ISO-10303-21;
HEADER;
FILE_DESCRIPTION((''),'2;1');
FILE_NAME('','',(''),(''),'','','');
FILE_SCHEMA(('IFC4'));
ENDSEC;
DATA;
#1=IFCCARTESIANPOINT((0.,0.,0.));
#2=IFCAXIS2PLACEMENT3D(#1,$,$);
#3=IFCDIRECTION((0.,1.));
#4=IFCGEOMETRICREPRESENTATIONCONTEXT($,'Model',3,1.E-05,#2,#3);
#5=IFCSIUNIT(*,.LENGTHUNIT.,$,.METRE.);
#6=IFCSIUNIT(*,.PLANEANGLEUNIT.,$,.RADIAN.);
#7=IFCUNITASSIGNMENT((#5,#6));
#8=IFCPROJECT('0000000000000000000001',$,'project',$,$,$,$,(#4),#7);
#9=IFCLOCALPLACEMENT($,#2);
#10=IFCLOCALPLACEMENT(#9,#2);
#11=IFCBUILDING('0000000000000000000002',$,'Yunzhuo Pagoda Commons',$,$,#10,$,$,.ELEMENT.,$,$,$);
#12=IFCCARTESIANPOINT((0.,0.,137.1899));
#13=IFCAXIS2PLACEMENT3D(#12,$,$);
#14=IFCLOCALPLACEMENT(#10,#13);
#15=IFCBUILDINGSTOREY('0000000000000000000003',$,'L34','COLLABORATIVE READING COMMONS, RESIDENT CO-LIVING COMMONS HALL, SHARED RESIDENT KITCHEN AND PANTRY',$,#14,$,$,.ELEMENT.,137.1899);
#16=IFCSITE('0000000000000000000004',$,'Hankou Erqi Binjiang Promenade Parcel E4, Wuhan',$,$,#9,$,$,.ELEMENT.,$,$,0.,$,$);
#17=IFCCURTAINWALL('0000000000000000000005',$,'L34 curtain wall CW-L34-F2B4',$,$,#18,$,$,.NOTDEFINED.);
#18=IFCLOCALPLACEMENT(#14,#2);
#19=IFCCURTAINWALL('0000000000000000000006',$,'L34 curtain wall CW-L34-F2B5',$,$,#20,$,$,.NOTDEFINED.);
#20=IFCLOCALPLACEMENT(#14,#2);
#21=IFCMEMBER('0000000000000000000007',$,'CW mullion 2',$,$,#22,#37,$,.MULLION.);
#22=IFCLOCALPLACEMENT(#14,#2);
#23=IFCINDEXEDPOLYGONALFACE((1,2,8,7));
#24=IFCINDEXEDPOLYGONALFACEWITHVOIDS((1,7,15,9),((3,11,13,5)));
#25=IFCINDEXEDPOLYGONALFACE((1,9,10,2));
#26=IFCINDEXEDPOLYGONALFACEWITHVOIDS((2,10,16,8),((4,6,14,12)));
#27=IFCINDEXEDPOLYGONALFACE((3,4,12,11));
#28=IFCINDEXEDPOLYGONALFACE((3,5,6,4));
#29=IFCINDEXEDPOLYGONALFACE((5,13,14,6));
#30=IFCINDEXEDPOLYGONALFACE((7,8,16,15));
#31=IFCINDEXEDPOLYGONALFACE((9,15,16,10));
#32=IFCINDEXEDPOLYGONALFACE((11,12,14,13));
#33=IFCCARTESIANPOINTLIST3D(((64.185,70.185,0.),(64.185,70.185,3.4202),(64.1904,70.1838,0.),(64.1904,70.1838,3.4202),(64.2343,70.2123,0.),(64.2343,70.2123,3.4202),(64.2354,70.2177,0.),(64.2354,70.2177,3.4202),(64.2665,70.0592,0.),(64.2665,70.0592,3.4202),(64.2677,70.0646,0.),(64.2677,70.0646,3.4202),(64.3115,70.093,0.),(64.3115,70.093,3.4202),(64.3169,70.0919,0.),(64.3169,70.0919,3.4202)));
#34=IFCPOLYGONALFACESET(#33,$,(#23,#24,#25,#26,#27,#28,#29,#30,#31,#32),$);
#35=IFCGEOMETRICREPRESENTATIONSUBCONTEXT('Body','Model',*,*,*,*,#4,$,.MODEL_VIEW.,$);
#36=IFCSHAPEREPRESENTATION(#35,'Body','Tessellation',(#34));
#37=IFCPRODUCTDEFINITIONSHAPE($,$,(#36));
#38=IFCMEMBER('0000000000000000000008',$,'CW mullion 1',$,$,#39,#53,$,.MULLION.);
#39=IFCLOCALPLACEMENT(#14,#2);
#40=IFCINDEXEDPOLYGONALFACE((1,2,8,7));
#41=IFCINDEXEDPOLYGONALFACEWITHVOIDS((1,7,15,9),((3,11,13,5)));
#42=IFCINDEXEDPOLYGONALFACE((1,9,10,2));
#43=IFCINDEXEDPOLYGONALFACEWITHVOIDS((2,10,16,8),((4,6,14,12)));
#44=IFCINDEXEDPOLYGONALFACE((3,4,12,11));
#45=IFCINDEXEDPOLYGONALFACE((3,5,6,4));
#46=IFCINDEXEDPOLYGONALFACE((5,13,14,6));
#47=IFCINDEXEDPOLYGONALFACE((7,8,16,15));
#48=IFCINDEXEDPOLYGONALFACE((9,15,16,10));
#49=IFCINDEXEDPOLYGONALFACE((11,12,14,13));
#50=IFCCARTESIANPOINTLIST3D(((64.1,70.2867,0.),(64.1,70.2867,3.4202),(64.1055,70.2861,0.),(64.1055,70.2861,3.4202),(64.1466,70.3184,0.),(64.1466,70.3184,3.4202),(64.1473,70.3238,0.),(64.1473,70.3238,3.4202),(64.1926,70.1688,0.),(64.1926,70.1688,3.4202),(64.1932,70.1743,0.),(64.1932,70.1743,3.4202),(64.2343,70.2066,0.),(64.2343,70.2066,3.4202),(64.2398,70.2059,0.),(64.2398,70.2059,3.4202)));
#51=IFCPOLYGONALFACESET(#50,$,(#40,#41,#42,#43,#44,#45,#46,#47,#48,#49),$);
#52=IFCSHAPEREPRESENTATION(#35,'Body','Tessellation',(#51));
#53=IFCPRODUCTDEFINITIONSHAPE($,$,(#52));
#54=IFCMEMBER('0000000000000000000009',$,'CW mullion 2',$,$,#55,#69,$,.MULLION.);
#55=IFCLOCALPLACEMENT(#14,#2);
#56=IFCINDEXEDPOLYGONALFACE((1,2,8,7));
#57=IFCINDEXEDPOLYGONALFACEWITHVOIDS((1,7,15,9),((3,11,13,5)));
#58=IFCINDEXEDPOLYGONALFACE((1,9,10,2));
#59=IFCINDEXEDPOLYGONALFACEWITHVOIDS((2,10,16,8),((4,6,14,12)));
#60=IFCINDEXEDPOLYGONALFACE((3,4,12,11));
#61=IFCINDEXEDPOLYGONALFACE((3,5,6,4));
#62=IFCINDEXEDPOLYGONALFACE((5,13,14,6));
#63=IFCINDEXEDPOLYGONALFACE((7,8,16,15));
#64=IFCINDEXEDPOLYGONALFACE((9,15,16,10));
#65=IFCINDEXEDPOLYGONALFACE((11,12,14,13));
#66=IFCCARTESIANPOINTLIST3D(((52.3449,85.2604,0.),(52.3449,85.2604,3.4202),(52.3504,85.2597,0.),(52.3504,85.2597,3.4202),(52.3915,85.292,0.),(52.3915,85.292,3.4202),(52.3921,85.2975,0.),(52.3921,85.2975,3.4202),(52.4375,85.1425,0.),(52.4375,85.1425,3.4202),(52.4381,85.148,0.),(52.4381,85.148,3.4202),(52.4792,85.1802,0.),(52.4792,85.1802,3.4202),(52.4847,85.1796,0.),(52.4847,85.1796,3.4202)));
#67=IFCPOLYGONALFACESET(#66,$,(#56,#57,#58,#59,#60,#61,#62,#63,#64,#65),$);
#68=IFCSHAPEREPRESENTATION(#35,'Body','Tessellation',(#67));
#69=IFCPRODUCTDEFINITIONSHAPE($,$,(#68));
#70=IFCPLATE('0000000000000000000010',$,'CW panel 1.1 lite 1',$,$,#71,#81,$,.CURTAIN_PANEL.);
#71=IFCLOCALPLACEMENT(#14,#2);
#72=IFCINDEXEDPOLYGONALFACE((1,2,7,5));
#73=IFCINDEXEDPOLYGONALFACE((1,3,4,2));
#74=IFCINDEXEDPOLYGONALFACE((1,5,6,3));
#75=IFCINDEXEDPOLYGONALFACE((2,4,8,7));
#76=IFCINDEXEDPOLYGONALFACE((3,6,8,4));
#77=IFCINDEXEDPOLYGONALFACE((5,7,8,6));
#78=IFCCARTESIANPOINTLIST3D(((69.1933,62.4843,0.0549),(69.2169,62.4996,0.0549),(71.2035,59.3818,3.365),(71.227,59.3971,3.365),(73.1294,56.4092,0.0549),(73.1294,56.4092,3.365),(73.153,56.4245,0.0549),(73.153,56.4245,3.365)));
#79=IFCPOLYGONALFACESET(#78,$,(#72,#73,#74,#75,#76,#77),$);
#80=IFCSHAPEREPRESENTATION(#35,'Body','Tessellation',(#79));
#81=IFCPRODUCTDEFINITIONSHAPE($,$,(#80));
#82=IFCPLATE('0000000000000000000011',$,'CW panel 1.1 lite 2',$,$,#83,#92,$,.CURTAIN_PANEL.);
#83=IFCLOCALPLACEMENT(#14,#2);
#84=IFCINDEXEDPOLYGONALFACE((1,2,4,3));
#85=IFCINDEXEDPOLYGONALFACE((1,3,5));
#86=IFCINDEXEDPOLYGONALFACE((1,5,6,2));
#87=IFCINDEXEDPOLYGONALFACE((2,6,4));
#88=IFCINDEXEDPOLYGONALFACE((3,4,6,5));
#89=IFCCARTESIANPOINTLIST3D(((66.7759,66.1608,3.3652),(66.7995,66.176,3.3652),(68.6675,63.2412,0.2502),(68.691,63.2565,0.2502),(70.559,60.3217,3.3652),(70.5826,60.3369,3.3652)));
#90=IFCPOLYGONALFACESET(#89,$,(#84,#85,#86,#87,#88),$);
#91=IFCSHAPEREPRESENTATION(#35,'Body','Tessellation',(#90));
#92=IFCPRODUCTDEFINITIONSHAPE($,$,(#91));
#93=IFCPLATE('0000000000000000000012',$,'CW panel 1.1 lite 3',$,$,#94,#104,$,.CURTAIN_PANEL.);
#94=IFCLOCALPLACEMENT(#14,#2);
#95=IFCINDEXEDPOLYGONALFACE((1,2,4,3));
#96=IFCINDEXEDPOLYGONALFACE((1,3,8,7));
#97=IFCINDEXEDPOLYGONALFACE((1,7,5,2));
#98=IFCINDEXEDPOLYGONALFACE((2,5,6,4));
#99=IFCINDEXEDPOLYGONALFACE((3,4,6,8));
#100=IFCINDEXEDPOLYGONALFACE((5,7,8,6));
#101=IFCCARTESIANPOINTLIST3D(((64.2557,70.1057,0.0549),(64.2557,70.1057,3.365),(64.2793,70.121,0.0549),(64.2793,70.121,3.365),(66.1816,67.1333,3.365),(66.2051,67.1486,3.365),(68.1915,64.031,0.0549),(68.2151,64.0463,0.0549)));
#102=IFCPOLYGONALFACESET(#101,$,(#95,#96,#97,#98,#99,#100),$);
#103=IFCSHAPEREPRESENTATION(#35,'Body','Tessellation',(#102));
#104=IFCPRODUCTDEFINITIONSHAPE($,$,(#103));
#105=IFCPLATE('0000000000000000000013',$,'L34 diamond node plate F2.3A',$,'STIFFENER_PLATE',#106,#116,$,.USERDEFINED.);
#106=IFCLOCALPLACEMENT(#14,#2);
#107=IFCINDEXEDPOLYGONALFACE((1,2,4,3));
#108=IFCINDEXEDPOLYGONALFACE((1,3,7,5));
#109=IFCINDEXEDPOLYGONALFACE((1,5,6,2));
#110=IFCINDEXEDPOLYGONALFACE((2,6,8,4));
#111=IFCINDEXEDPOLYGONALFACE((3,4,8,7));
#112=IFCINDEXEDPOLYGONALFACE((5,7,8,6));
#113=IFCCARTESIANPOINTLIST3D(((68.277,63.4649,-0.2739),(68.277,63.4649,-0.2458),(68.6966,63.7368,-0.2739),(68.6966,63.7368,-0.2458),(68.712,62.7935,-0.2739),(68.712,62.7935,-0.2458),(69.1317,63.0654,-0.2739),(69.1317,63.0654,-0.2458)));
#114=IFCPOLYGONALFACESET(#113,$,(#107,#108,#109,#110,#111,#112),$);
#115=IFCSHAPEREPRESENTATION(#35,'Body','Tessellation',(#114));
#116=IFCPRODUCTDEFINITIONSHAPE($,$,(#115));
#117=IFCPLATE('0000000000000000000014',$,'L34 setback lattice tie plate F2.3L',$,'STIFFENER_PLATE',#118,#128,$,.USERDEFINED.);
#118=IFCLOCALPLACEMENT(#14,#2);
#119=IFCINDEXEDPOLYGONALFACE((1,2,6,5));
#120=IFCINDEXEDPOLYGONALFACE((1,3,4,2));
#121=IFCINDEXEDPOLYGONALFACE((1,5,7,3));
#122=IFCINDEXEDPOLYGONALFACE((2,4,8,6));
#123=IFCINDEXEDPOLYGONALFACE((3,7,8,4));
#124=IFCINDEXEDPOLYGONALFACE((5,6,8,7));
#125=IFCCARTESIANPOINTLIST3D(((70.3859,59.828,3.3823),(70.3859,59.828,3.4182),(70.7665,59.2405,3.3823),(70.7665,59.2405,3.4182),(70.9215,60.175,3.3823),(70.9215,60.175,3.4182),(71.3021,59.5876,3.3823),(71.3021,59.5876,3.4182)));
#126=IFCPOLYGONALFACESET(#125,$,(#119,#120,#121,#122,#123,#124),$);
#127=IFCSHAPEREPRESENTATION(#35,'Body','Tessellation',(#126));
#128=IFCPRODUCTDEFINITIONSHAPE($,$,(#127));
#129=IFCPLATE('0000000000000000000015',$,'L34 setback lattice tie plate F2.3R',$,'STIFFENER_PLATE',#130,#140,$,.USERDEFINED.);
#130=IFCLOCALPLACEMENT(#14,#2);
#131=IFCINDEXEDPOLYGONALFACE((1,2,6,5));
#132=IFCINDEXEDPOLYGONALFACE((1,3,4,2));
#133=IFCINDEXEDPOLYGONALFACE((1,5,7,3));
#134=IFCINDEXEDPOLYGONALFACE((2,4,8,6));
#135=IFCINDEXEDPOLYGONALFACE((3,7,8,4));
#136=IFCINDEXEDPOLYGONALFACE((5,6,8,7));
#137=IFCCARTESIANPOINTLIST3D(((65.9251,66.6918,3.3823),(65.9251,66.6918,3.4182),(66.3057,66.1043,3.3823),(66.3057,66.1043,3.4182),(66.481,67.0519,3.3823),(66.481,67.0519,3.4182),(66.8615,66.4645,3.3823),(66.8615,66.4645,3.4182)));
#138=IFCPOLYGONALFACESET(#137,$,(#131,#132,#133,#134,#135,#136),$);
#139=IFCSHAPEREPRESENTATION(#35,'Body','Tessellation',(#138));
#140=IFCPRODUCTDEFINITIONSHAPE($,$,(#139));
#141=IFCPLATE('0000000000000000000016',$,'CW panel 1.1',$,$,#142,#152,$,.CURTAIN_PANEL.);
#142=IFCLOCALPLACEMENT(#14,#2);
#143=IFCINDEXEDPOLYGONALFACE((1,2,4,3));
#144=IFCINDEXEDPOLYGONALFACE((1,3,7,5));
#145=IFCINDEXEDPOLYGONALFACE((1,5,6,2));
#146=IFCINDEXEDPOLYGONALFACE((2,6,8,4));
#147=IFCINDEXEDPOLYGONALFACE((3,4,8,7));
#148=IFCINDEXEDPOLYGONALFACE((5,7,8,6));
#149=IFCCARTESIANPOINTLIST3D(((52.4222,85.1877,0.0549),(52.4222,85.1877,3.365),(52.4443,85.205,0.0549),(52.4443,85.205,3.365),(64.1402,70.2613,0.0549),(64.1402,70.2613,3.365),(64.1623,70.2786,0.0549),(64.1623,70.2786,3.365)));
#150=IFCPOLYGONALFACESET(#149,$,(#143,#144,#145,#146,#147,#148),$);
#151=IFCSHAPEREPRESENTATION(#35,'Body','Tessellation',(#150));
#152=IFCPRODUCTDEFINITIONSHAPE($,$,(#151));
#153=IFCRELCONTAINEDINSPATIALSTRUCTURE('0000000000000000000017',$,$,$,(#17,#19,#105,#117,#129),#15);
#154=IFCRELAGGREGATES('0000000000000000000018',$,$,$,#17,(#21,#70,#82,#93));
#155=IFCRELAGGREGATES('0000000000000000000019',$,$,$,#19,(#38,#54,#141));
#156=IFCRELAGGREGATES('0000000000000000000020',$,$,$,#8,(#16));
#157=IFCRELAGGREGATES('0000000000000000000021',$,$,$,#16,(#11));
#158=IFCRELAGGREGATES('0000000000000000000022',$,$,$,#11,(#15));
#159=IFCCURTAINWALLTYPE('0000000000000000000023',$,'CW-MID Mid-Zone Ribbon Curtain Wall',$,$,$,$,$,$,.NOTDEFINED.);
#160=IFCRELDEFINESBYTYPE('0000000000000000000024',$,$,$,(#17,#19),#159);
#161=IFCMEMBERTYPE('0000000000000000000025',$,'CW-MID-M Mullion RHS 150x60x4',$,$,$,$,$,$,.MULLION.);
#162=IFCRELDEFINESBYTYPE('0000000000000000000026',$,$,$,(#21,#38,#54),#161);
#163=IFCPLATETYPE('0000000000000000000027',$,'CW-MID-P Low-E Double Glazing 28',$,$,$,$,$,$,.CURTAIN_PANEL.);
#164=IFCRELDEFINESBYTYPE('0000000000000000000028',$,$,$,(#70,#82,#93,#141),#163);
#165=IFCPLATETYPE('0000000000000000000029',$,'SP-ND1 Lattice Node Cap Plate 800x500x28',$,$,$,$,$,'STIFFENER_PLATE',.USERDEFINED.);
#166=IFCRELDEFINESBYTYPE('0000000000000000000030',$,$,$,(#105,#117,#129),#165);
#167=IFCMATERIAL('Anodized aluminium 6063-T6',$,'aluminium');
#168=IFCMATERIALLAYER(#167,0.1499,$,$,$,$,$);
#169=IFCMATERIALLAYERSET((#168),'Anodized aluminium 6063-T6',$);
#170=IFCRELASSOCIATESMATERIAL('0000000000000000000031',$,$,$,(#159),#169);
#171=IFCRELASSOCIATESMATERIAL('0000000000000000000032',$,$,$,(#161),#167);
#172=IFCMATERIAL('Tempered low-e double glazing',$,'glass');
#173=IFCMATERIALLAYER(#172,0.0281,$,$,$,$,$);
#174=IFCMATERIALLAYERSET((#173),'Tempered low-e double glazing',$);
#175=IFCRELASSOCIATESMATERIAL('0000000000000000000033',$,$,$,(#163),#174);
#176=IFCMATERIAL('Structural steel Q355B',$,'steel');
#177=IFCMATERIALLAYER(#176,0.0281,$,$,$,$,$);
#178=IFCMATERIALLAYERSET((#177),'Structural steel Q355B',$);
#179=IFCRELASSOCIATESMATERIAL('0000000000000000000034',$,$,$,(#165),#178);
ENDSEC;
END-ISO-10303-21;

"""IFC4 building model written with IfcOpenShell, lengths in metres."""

from ifc_helpers import new_model, si_unit, direction, frame, origin, origin_2d, place, context, subcontext, project, spatial, polyline, rectangle, hollow_rectangle, outline, extrude, source, transform, mapped, material, layer, layer_set, material_profile, profile_set, type_object, element, aggregate, save


model = new_model("IFC4")

# Units and contexts
model_context = context("Model", 3, precision=1e-05, world=origin(), true_north=direction((0.0, 1.0)))
body_context = subcontext(model_context, "Body", "Model", "MODEL_VIEW")
ifc_project = project(units=[si_unit("LENGTHUNIT", "METRE"), si_unit("PLANEANGLEUNIT", "RADIAN")], contexts=[model_context])

# Site, building, storey
site_placement = place(None, origin())
site = spatial("IfcSite", under=ifc_project, at=site_placement, Name="Hankou Erqi Binjiang Promenade Parcel E4, Wuhan", CompositionType="ELEMENT", RefElevation=0.0)
building_placement = place(site_placement, origin())
building = spatial("IfcBuilding", under=site, at=building_placement, Name="Yunzhuo Pagoda Commons", CompositionType="ELEMENT")
storey_placement = place(building_placement, frame((0.0, 0.0, 137.1899)))
storey = spatial("IfcBuildingStorey", under=building, at=storey_placement, Name="L34", Description="COLLABORATIVE READING COMMONS, RESIDENT CO-LIVING COMMONS HALL, SHARED RESIDENT KITCHEN AND PANTRY", CompositionType="ELEMENT", Elevation=137.1899)

# Shared definitions
ifc_material_1 = material(Name="Structural steel Q355B", Category="steel")

# Curtain walls
ifc_material_2 = material(Name="Anodized aluminium 6063-T6", Category="aluminium")
ifc_layer_1 = layer(ifc_material_2, 0.1499)
ifc_layer_set_1 = layer_set([ifc_layer_1], Name="Anodized aluminium 6063-T6")
curtain_wall_type = type_object("IfcCurtainWallType", Name="CW-MID Mid-Zone Ribbon Curtain Wall", PredefinedType="NOTDEFINED", material=ifc_layer_set_1)
curtain_wall_1_placement = place(storey_placement, origin())
curtain_wall_1 = element("IfcCurtainWall", 1, at=curtain_wall_1_placement, inside=storey, type_object=curtain_wall_type, Name="L34 curtain wall CW-L34-F2B4", PredefinedType="NOTDEFINED")
curtain_wall_2_placement = place(storey_placement, origin())
curtain_wall_2 = element("IfcCurtainWall", 2, at=curtain_wall_2_placement, inside=storey, type_object=curtain_wall_type, Name="L34 curtain wall CW-L34-F2B5", PredefinedType="NOTDEFINED")

# Members
ifc_material_profile_1 = material_profile(ifc_material_2, hollow_rectangle(XDim=0.0601, YDim=0.1499, WallThickness=0.0039, at=origin_2d()), Name="Anodized aluminium 6063-T6")
ifc_profile_set_1 = profile_set([ifc_material_profile_1], Name="Anodized aluminium 6063-T6")
member_type_1 = type_object("IfcMemberType", Name="CW-MID-M Mullion RHS 150x60x4", PredefinedType="MULLION", material=ifc_profile_set_1)
shared_shape_1 = source(origin(), body_context, "Body", "SweptSolid", [
    extrude(hollow_rectangle(XDim=0.0601, YDim=0.1499, WallThickness=0.0039, at=origin_2d()), origin(), (0.0, 0.0, 1.0), 3.4202),
])
member_1_placement = place(storey_placement, frame((64.251, 70.1384, 0.0), z_axis=(0.0, 0.0, 1.0), x_axis=(-0.839249, -0.543747, 0.0)))
member_1 = element("IfcMember", 3, at=member_1_placement, type_object=member_type_1, Name="CW mullion 2", PredefinedType="MULLION", context=body_context, shape_type="MappedRepresentation", body=[
    mapped(shared_shape_1, transform((0.0, 0.0, 0.0), scale=1.0)),
])
member_2_placement = place(storey_placement, frame((64.1699, 70.2463, 0.0), z_axis=(0.0, 0.0, 1.0), x_axis=(-0.786572, -0.617499, 0.0)))
member_2 = element("IfcMember", 4, at=member_2_placement, type_object=member_type_1, Name="CW mullion 1", PredefinedType="MULLION", context=body_context, shape_type="MappedRepresentation", body=[
    mapped(shared_shape_1, transform((0.0, 0.0, 0.0), scale=1.0)),
])
member_3_placement = place(storey_placement, frame((52.4148, 85.22, 0.0), z_axis=(0.0, 0.0, 1.0), x_axis=(-0.786572, -0.617499, 0.0)))
member_3 = element("IfcMember", 5, at=member_3_placement, type_object=member_type_1, Name="CW mullion 2", PredefinedType="MULLION", context=body_context, shape_type="MappedRepresentation", body=[
    mapped(shared_shape_1, transform((0.0, 0.0, 0.0), scale=1.0)),
])

# Plates
ifc_material_3 = material(Name="Tempered low-e double glazing", Category="glass")
ifc_layer_2 = layer(ifc_material_3, 0.0281)
ifc_layer_set_2 = layer_set([ifc_layer_2], Name="Tempered low-e double glazing")
plate_type_1 = type_object("IfcPlateType", Name="CW-MID-P Low-E Double Glazing 28", PredefinedType="CURTAIN_PANEL", material=ifc_layer_set_2)
plate_1_placement = place(storey_placement, frame((71.1614, 59.4468, 1.71), z_axis=(0.839249, 0.543747, 0.0), x_axis=(-0.543747, 0.839249, 0.0)))
plate_1 = element("IfcPlate", 6, at=plate_1_placement, type_object=plate_type_1, Name="CW panel 1.1 lite 1", PredefinedType="CURTAIN_PANEL", context=body_context, shape_type="SweptSolid", body=[
    extrude(outline(polyline([(-3.6194, -1.655), (3.6194, -1.655), (-0.0774, 1.655), (-3.6194, 1.655), (-3.6194, -1.655)])), origin(), (0.0, 0.0, 1.0), 0.0281),
])
plate_2_placement = place(storey_placement, frame((68.6675, 63.2412, 1.8076), z_axis=(0.839249, 0.543747, 0.0), x_axis=(-0.543747, 0.839249, 0.0)))
plate_2 = element("IfcPlate", 7, at=plate_2_placement, type_object=plate_type_1, Name="CW panel 1.1 lite 2", PredefinedType="CURTAIN_PANEL", context=body_context, shape_type="SweptSolid", body=[
    extrude(outline(polyline([(-3.4788, 1.5576), (0.0, -1.5574), (3.4788, 1.5576), (-3.4788, 1.5576)])), origin(), (0.0, 0.0, 1.0), 0.0281),
])
plate_3_placement = place(storey_placement, frame((66.2236, 67.0684, 1.71), z_axis=(0.839249, 0.543747, 0.0), x_axis=(-0.543747, 0.839249, 0.0)))
plate_3 = element("IfcPlate", 8, at=plate_3_placement, type_object=plate_type_1, Name="CW panel 1.1 lite 3", PredefinedType="CURTAIN_PANEL", context=body_context, shape_type="SweptSolid", body=[
    extrude(outline(polyline([(-3.6191, -1.655), (3.6191, -1.655), (3.6191, 1.655), (0.0774, 1.655), (-3.6191, -1.655)])), origin(), (0.0, 0.0, 1.0), 0.0281),
])
aggregate(curtain_wall_1, [member_1, plate_1, plate_2, plate_3])

# Plates
ifc_layer_3 = layer(ifc_material_1, 0.0281)
ifc_layer_set_3 = layer_set([ifc_layer_3], Name="Structural steel Q355B")
plate_type_2 = type_object("IfcPlateType", Name="SP-ND1 Lattice Node Cap Plate 800x500x28", ElementType="STIFFENER_PLATE", PredefinedType="USERDEFINED", material=ifc_layer_set_3)
shared_shape_2 = source(origin(), body_context, "Body", "SweptSolid", [
    extrude(rectangle(XDim=0.8, YDim=0.5, at=origin_2d()), origin(), (0.0, 0.0, 1.0), 0.0281),
])
plate_4_placement = place(storey_placement, frame((68.7043, 63.2651, -0.2739), z_axis=(0.0, 0.0, 1.0), x_axis=(-0.543746, 0.83925, 0.0)))
element("IfcPlate", 9, at=plate_4_placement, inside=storey, type_object=plate_type_2, Name="L34 diamond node plate F2.3A", ObjectType="STIFFENER_PLATE", PredefinedType="USERDEFINED", context=body_context, shape_type="MappedRepresentation", body=[
    mapped(shared_shape_2, transform((0.0, 0.0, 0.0), scale=1.0)),
])
shared_shape_3 = source(origin(), body_context, "Body", "SweptSolid", [
    extrude(rectangle(XDim=0.7, YDim=0.6382, at=origin_2d()), origin(), (0.0, 0.0, 1.0), 0.0359),
])
plate_5_placement = place(storey_placement, frame((70.844, 59.7078, 3.3823), z_axis=(0.0, 0.0, 1.0), x_axis=(-0.543746, 0.83925, 0.0)))
element("IfcPlate", 10, at=plate_5_placement, inside=storey, type_object=plate_type_2, Name="L34 setback lattice tie plate F2.3L", ObjectType="STIFFENER_PLATE", PredefinedType="USERDEFINED", context=body_context, shape_type="MappedRepresentation", body=[
    mapped(shared_shape_3, transform((0.0, 0.0, 0.0), scale=1.0)),
])
shared_shape_4 = source(origin(), body_context, "Body", "SweptSolid", [
    extrude(rectangle(XDim=0.7, YDim=0.6624, at=origin_2d()), origin(), (0.0, 0.0, 1.0), 0.0359),
])
plate_6_placement = place(storey_placement, frame((66.3933, 66.5781, 3.3823), z_axis=(0.0, 0.0, 1.0), x_axis=(-0.543746, 0.83925, 0.0)))
element("IfcPlate", 11, at=plate_6_placement, inside=storey, type_object=plate_type_2, Name="L34 setback lattice tie plate F2.3R", ObjectType="STIFFENER_PLATE", PredefinedType="USERDEFINED", context=body_context, shape_type="MappedRepresentation", body=[
    mapped(shared_shape_4, transform((0.0, 0.0, 0.0), scale=1.0)),
])

# Plate
shared_shape_5 = source(origin(), body_context, "Body", "SweptSolid", [
    extrude(rectangle(XDim=18.9766, YDim=0.0281, at=origin_2d()), origin(), (0.0, 0.0, 1.0), 3.3101),
])
plate_7_placement = place(storey_placement, frame((58.2922, 77.7332, 0.0549), z_axis=(0.0, 0.0, 1.0), x_axis=(-0.617499, 0.786572, 0.0)))
plate_7 = element("IfcPlate", 12, at=plate_7_placement, type_object=plate_type_1, Name="CW panel 1.1", PredefinedType="CURTAIN_PANEL", context=body_context, shape_type="MappedRepresentation", body=[
    mapped(shared_shape_5, transform((0.0, 0.0, 0.0), scale=1.0)),
])
aggregate(curtain_wall_2, [member_2, member_3, plate_7])

save(model, "model.ifc")
